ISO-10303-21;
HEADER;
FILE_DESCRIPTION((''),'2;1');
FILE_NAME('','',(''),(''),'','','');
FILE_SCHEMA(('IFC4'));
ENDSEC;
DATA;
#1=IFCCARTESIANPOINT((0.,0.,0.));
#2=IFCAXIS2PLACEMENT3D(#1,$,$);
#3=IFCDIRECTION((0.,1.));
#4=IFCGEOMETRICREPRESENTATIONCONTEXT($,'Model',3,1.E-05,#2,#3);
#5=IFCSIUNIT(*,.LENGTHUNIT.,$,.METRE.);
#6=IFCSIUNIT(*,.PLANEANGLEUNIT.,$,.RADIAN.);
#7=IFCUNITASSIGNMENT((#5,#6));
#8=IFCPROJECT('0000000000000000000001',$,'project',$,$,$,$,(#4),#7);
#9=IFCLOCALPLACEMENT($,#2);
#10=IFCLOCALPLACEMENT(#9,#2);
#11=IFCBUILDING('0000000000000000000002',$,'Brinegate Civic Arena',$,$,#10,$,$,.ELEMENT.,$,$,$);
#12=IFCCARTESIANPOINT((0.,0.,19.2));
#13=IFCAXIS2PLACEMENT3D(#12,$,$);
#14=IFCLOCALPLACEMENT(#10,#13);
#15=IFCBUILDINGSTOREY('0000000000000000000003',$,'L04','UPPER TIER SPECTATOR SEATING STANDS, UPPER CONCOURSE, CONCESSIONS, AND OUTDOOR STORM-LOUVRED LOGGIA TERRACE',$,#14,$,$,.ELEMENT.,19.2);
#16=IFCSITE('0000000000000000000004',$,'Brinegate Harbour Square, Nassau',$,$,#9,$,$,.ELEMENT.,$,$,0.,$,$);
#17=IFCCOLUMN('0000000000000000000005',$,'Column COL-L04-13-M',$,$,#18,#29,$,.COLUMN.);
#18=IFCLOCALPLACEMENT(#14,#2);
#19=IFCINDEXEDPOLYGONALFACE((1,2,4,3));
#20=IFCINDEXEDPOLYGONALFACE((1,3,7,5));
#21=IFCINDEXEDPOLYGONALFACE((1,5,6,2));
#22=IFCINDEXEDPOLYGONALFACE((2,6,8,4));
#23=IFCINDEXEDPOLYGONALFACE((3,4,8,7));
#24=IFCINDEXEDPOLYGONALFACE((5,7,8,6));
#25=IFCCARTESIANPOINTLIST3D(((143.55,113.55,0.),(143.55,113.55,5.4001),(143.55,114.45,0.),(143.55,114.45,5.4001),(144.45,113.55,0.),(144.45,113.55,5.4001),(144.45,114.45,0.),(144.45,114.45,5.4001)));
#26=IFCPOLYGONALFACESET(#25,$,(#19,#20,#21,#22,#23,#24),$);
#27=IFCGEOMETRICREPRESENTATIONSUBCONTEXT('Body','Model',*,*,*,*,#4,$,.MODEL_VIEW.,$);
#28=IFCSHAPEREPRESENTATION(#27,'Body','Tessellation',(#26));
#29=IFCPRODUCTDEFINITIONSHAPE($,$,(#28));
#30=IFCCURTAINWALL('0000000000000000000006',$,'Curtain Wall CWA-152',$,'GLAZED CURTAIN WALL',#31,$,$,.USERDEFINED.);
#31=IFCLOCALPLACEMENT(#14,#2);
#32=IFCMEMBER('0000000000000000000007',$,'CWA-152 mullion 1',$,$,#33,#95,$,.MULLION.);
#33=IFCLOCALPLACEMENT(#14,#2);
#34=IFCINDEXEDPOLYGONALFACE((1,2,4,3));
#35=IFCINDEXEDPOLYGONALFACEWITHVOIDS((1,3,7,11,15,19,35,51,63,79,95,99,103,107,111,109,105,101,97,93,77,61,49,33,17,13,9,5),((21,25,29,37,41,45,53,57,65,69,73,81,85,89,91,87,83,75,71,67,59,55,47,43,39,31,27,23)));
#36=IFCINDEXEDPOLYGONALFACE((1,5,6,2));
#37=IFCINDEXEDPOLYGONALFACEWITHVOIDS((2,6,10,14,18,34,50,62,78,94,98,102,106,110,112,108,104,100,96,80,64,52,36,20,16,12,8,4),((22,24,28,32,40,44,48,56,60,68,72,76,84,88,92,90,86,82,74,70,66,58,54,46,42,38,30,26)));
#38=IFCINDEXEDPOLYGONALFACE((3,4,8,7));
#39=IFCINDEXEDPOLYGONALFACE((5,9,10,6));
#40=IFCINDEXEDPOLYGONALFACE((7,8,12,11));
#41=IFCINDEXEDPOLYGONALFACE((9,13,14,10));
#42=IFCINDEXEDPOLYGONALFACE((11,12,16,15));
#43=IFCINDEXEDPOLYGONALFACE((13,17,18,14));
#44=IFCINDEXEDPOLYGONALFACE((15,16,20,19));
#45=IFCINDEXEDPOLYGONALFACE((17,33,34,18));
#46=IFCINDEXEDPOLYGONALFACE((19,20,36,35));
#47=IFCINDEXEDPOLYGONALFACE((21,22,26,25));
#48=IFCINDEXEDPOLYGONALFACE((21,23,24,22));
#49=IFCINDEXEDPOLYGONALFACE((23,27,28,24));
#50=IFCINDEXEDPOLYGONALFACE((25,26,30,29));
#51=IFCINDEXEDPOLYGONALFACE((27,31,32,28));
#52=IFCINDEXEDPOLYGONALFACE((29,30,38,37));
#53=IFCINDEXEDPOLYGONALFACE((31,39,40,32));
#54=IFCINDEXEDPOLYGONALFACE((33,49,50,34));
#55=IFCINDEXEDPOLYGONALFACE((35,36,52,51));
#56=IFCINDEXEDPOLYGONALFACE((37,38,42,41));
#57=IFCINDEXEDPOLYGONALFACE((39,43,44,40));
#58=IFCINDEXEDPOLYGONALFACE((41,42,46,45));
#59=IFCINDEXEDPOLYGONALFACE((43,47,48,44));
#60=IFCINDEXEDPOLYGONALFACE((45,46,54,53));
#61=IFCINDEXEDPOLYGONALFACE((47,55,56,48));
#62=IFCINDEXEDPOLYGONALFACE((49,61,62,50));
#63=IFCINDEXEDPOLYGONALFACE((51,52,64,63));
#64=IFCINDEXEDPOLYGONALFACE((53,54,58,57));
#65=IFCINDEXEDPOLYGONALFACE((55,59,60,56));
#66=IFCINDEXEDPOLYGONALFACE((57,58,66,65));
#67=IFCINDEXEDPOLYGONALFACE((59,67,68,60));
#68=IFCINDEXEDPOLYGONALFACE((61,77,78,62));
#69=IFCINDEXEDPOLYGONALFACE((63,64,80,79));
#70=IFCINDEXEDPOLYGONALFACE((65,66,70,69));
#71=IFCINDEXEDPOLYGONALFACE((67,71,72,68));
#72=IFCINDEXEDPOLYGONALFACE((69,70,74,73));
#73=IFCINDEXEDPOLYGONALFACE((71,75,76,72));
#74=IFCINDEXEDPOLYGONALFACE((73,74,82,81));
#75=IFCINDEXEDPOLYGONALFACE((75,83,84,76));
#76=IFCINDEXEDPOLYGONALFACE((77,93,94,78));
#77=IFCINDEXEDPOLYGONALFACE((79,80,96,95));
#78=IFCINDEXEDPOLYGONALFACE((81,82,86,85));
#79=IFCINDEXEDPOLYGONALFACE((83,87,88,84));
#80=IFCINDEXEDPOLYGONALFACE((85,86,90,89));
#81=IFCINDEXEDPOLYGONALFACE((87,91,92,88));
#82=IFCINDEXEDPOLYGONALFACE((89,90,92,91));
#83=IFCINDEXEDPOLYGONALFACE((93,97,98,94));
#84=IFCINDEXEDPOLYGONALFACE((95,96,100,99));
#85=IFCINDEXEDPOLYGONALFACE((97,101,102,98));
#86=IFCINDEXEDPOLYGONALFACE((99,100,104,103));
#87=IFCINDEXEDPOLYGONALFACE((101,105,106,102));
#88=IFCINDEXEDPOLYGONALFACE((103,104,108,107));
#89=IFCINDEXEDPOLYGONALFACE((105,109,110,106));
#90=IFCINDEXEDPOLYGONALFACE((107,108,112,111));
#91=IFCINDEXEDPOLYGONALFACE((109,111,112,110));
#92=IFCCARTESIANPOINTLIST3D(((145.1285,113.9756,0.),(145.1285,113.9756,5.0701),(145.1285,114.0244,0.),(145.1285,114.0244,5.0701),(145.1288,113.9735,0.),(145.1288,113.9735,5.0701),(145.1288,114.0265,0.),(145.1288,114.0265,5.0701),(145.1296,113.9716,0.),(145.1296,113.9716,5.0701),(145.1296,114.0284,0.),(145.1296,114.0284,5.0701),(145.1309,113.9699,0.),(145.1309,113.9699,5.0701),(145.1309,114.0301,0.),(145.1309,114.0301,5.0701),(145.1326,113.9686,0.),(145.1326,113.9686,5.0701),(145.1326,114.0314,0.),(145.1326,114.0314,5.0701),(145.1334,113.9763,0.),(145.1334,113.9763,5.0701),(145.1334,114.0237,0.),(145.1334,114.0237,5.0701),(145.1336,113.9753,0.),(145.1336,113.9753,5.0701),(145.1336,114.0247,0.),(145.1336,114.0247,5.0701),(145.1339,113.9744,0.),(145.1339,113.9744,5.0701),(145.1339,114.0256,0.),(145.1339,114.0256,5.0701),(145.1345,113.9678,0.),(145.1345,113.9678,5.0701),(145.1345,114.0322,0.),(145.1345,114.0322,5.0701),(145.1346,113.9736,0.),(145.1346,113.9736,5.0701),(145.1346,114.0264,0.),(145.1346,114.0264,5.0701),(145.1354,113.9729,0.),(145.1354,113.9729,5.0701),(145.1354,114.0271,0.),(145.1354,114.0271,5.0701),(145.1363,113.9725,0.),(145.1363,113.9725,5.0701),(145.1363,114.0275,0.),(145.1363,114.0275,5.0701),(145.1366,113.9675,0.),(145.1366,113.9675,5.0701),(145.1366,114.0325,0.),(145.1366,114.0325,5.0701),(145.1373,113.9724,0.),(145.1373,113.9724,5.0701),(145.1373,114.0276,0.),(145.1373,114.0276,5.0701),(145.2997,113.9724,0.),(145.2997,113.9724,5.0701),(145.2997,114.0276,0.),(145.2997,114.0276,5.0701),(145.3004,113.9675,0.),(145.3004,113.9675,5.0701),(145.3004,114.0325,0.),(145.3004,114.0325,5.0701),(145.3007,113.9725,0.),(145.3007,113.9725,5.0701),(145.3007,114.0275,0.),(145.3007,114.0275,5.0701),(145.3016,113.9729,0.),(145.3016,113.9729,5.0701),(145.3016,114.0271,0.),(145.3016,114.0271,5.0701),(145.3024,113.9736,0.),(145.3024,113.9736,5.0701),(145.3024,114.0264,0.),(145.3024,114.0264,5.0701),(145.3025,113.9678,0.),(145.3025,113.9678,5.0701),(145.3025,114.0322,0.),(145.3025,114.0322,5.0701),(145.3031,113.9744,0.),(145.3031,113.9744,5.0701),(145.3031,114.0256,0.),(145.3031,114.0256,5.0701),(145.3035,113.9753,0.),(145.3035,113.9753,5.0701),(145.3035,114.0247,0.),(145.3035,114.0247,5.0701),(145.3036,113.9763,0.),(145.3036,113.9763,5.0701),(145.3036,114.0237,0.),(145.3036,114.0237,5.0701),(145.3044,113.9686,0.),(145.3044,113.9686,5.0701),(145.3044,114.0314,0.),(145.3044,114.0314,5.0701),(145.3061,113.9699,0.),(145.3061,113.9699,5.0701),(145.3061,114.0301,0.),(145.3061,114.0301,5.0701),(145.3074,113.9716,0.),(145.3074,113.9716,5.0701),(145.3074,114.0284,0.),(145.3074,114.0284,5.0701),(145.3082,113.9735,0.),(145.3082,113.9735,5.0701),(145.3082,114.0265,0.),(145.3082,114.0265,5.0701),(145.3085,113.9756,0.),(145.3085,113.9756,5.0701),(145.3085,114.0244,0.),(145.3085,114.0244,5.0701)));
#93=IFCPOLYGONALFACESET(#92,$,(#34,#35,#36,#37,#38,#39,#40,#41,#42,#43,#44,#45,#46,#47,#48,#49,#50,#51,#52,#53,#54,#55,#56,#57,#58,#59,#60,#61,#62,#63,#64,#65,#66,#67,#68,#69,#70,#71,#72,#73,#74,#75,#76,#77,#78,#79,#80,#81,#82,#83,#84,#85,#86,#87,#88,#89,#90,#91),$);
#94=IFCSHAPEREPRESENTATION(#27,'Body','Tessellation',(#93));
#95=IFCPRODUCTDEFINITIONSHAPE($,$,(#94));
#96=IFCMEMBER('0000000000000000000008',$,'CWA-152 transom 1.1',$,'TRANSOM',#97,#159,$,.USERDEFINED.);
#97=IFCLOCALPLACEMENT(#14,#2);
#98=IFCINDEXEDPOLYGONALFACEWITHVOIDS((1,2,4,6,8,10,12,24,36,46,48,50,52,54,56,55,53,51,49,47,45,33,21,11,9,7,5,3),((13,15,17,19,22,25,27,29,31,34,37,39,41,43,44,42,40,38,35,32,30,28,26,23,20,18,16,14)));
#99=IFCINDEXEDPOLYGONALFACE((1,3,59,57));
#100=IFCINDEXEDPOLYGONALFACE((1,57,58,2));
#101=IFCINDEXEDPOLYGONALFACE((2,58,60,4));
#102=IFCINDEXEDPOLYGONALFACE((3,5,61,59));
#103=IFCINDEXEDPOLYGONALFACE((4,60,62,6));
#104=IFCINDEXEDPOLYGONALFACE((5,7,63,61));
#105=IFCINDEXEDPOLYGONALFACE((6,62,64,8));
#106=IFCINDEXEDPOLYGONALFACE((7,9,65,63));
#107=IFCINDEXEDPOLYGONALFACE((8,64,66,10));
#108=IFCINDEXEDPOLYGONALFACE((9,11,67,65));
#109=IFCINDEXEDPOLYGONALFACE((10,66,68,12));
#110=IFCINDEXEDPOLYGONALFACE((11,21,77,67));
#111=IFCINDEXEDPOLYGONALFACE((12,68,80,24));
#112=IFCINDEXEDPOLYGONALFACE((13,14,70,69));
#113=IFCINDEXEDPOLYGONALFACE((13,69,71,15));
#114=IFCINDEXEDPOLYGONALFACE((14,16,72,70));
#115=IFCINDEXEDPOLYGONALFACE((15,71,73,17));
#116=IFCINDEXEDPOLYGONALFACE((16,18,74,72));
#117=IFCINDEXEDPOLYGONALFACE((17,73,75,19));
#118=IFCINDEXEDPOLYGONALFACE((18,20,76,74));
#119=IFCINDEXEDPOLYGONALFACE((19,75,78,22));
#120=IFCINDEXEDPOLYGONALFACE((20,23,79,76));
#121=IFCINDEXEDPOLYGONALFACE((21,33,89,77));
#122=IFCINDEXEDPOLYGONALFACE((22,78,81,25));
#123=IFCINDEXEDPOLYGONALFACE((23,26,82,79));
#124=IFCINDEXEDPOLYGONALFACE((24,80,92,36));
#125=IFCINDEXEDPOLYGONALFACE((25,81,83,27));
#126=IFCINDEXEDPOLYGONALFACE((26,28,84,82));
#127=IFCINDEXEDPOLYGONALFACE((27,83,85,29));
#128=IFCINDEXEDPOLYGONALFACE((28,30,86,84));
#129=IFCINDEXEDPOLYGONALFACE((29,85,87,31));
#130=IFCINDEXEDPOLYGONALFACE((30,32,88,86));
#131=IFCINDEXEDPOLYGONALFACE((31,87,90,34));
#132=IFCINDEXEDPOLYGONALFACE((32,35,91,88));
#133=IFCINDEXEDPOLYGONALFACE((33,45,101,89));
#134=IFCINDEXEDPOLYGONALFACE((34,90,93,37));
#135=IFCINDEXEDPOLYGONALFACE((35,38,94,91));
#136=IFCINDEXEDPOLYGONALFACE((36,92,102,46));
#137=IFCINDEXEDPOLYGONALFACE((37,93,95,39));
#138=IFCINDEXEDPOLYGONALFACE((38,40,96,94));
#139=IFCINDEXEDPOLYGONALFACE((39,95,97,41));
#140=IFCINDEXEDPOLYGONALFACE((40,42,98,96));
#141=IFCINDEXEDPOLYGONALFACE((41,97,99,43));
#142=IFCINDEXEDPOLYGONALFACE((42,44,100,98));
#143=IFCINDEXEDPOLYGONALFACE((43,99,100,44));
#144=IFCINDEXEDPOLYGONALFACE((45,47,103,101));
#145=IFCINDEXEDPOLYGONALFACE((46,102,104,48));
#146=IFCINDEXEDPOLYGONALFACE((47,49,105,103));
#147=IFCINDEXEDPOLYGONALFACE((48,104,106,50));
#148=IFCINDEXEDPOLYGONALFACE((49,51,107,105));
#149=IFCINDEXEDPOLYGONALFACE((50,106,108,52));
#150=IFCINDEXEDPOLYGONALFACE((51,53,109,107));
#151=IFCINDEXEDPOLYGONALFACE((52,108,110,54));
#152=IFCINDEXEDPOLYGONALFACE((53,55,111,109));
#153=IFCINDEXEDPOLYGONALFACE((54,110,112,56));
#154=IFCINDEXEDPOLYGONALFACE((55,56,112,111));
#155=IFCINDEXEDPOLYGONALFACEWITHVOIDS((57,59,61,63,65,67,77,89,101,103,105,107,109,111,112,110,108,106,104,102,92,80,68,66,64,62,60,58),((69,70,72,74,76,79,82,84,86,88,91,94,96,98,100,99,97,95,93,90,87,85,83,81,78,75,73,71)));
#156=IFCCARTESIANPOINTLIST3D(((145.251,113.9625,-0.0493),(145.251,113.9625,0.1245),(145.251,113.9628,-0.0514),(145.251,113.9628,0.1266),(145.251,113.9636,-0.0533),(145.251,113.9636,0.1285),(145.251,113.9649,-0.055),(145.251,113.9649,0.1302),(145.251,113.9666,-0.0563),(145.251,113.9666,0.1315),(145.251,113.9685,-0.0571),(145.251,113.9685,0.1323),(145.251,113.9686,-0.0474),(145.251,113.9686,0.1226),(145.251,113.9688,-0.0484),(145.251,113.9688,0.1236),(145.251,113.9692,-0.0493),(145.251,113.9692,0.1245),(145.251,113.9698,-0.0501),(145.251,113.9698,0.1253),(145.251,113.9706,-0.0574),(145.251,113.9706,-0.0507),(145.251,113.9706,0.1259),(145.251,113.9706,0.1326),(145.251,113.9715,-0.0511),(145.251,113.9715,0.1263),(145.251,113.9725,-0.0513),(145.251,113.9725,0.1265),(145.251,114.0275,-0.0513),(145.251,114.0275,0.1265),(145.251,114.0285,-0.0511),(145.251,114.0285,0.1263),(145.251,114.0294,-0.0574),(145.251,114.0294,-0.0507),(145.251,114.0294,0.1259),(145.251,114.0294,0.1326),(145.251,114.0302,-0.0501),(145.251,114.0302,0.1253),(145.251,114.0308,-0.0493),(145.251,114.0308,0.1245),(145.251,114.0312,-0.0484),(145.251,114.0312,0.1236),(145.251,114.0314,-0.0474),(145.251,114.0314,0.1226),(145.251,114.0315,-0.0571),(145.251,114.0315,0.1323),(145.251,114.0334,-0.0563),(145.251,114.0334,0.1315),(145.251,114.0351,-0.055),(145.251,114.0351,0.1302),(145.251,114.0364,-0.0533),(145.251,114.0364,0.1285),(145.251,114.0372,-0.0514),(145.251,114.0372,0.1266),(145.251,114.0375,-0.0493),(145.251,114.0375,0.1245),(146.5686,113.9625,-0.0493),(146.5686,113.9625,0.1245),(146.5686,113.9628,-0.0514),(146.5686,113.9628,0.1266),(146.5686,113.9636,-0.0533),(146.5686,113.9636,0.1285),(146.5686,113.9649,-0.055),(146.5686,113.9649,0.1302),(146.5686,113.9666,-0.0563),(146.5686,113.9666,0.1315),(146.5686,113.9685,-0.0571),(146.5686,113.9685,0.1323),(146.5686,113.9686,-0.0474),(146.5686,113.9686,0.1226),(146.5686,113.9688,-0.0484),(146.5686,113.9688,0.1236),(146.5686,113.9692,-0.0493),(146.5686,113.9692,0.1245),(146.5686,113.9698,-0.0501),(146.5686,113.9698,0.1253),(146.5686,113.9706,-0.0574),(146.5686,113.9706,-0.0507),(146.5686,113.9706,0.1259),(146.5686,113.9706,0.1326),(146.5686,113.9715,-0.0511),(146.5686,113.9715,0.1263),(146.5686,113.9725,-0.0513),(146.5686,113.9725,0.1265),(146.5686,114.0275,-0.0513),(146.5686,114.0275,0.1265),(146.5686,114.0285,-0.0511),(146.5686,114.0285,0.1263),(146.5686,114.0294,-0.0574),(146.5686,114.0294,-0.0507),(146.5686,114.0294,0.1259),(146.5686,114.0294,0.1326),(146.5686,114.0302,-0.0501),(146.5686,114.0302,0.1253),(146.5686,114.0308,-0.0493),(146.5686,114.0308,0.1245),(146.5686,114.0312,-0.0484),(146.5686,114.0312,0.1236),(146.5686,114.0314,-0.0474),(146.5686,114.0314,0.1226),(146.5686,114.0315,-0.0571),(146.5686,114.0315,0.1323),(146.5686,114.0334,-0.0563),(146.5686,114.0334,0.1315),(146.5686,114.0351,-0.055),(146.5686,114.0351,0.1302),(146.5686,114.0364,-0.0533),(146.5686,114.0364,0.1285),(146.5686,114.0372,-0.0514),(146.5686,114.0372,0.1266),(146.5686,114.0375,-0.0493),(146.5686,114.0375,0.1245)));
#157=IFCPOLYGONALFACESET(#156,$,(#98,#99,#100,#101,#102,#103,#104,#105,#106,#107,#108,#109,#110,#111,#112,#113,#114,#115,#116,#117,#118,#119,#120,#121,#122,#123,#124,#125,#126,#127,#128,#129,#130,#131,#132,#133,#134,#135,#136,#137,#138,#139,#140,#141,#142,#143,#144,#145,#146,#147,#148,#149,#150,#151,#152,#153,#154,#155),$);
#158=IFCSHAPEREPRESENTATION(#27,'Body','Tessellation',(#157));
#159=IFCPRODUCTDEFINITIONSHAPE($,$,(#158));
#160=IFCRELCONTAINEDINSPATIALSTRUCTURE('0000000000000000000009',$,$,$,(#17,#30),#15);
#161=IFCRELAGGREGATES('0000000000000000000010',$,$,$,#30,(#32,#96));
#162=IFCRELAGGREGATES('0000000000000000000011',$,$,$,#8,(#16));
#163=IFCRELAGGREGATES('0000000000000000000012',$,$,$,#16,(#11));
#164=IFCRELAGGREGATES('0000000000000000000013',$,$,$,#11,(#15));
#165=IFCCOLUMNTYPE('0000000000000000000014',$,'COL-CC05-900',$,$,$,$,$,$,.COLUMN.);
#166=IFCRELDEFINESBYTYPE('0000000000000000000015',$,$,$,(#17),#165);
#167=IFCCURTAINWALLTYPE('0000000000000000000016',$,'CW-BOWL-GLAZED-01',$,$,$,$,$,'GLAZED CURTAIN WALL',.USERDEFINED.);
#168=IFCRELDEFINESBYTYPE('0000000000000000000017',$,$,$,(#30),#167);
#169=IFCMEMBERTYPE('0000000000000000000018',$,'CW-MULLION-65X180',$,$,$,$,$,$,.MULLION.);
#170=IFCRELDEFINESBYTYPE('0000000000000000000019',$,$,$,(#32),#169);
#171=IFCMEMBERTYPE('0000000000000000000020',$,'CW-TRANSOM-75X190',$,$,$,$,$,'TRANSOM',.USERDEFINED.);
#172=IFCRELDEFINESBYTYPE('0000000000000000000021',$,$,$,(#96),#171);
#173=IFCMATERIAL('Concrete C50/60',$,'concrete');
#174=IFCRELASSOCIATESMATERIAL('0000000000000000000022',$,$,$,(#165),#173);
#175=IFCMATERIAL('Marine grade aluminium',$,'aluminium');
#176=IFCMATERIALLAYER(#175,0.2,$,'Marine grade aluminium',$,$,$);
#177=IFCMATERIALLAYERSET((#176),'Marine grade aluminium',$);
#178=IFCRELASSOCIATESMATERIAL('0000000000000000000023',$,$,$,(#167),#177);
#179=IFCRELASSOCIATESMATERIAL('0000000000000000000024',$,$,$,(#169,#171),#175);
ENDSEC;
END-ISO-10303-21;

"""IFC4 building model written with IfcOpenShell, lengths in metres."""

from ifc_helpers import new_model, si_unit, direction, frame, origin, origin_2d, place, context, subcontext, project, spatial, rectangle, hollow_rectangle, extrude, material, layer, layer_set, material_profile, profile_set, type_object, element, aggregate, save


model = new_model("IFC4")

# Units and contexts
model_context = context("Model", 3, precision=1e-05, world=origin(), true_north=direction((0.0, 1.0)))
body_context = subcontext(model_context, "Body", "Model", "MODEL_VIEW")
ifc_project = project(units=[si_unit("LENGTHUNIT", "METRE"), si_unit("PLANEANGLEUNIT", "RADIAN")], contexts=[model_context])

# Site, building, storey
site_placement = place(None, origin())
site = spatial("IfcSite", under=ifc_project, at=site_placement, Name="Brinegate Harbour Square, Nassau", CompositionType="ELEMENT", RefElevation=0.0)
building_placement = place(site_placement, origin())
building = spatial("IfcBuilding", under=site, at=building_placement, Name="Brinegate Civic Arena", CompositionType="ELEMENT")
storey_placement = place(building_placement, frame((0.0, 0.0, 19.2)))
storey = spatial("IfcBuildingStorey", under=building, at=storey_placement, Name="L04", Description="UPPER TIER SPECTATOR SEATING STANDS, UPPER CONCOURSE, CONCESSIONS, AND OUTDOOR STORM-LOUVRED LOGGIA TERRACE", CompositionType="ELEMENT", Elevation=19.2)

# Column
ifc_material_1 = material(Name="Concrete C50/60", Category="concrete")
ifc_material_profile_1 = material_profile(ifc_material_1, rectangle(XDim=0.8999, YDim=0.8999, at=origin_2d()), Name="RC900X900")
ifc_profile_set_1 = profile_set([ifc_material_profile_1], Name="Concrete C50/60")
column_type = type_object("IfcColumnType", Name="COL-CC05-900", PredefinedType="COLUMN", material=ifc_profile_set_1)
column_placement = place(storey_placement, frame((144.0, 114.0, 0.0), z_axis=(0.0, 0.0, 1.0), x_axis=(1.0, 0.0, 0.0)))
element("IfcColumn", 1, at=column_placement, inside=storey, type_object=column_type, Name="Column COL-L04-13-M", PredefinedType="COLUMN", context=body_context, shape_type="SweptSolid", body=[
    extrude(rectangle(XDim=0.8999, YDim=0.8999, at=origin_2d()), origin(), (0.0, 0.0, 1.0), 5.4001),
])

# Curtain wall, members
ifc_material_2 = material(Name="Marine grade aluminium", Category="aluminium")
ifc_layer_1 = layer(ifc_material_2, 0.2, Name="Marine grade aluminium")
ifc_layer_set_1 = layer_set([ifc_layer_1], Name="Marine grade aluminium")
curtain_wall_type = type_object("IfcCurtainWallType", Name="CW-BOWL-GLAZED-01", ElementType="GLAZED CURTAIN WALL", PredefinedType="USERDEFINED", material=ifc_layer_set_1)
curtain_wall_placement = place(storey_placement, origin())
curtain_wall = element("IfcCurtainWall", 2, at=curtain_wall_placement, inside=storey, type_object=curtain_wall_type, Name="Curtain Wall CWA-152", ObjectType="GLAZED CURTAIN WALL", PredefinedType="USERDEFINED")
ifc_material_profile_2 = material_profile(ifc_material_2, hollow_rectangle(XDim=0.0649, YDim=0.1799, WallThickness=0.0049, InnerFilletRadius=0.0039, OuterFilletRadius=0.0081, at=origin_2d()), Name="MUL65X180")
ifc_profile_set_2 = profile_set([ifc_material_profile_2], Name="Marine grade aluminium")
member_type_1 = type_object("IfcMemberType", Name="CW-MULLION-65X180", PredefinedType="MULLION", material=ifc_profile_set_2)
member_1_placement = place(storey_placement, frame((145.2185, 114.0, 0.0), z_axis=(0.0, 0.0, 1.0), x_axis=(0.0, 1.0, 0.0)))
member_1 = element("IfcMember", 3, at=member_1_placement, type_object=member_type_1, Name="CWA-152 mullion 1", PredefinedType="MULLION", context=body_context, shape_type="SweptSolid", body=[
    extrude(hollow_rectangle(XDim=0.0649, YDim=0.1799, WallThickness=0.0049, InnerFilletRadius=0.0039, OuterFilletRadius=0.0081, at=origin_2d()), origin(), (0.0, 0.0, 1.0), 5.0701),
])
ifc_material_profile_3 = material_profile(ifc_material_2, hollow_rectangle(XDim=0.075, YDim=0.1899, WallThickness=0.0061, InnerFilletRadius=0.0039, OuterFilletRadius=0.0081, at=origin_2d()), Name="TRN75X190")
ifc_profile_set_3 = profile_set([ifc_material_profile_3], Name="Marine grade aluminium")
member_type_2 = type_object("IfcMemberType", Name="CW-TRANSOM-75X190", ElementType="TRANSOM", PredefinedType="USERDEFINED", material=ifc_profile_set_3)
member_2_placement = place(storey_placement, frame((145.251, 114.0, 0.0376), z_axis=(1.0, 0.0, 0.0), x_axis=(0.0, 1.0, 0.0)))
member_2 = element("IfcMember", 4, at=member_2_placement, type_object=member_type_2, Name="CWA-152 transom 1.1", ObjectType="TRANSOM", PredefinedType="USERDEFINED", context=body_context, shape_type="SweptSolid", body=[
    extrude(hollow_rectangle(XDim=0.075, YDim=0.1899, WallThickness=0.0061, InnerFilletRadius=0.0039, OuterFilletRadius=0.0081, at=origin_2d()), origin(), (0.0, 0.0, 1.0), 1.3176),
])
aggregate(curtain_wall, [member_1, member_2])

save(model, "model.ifc")
